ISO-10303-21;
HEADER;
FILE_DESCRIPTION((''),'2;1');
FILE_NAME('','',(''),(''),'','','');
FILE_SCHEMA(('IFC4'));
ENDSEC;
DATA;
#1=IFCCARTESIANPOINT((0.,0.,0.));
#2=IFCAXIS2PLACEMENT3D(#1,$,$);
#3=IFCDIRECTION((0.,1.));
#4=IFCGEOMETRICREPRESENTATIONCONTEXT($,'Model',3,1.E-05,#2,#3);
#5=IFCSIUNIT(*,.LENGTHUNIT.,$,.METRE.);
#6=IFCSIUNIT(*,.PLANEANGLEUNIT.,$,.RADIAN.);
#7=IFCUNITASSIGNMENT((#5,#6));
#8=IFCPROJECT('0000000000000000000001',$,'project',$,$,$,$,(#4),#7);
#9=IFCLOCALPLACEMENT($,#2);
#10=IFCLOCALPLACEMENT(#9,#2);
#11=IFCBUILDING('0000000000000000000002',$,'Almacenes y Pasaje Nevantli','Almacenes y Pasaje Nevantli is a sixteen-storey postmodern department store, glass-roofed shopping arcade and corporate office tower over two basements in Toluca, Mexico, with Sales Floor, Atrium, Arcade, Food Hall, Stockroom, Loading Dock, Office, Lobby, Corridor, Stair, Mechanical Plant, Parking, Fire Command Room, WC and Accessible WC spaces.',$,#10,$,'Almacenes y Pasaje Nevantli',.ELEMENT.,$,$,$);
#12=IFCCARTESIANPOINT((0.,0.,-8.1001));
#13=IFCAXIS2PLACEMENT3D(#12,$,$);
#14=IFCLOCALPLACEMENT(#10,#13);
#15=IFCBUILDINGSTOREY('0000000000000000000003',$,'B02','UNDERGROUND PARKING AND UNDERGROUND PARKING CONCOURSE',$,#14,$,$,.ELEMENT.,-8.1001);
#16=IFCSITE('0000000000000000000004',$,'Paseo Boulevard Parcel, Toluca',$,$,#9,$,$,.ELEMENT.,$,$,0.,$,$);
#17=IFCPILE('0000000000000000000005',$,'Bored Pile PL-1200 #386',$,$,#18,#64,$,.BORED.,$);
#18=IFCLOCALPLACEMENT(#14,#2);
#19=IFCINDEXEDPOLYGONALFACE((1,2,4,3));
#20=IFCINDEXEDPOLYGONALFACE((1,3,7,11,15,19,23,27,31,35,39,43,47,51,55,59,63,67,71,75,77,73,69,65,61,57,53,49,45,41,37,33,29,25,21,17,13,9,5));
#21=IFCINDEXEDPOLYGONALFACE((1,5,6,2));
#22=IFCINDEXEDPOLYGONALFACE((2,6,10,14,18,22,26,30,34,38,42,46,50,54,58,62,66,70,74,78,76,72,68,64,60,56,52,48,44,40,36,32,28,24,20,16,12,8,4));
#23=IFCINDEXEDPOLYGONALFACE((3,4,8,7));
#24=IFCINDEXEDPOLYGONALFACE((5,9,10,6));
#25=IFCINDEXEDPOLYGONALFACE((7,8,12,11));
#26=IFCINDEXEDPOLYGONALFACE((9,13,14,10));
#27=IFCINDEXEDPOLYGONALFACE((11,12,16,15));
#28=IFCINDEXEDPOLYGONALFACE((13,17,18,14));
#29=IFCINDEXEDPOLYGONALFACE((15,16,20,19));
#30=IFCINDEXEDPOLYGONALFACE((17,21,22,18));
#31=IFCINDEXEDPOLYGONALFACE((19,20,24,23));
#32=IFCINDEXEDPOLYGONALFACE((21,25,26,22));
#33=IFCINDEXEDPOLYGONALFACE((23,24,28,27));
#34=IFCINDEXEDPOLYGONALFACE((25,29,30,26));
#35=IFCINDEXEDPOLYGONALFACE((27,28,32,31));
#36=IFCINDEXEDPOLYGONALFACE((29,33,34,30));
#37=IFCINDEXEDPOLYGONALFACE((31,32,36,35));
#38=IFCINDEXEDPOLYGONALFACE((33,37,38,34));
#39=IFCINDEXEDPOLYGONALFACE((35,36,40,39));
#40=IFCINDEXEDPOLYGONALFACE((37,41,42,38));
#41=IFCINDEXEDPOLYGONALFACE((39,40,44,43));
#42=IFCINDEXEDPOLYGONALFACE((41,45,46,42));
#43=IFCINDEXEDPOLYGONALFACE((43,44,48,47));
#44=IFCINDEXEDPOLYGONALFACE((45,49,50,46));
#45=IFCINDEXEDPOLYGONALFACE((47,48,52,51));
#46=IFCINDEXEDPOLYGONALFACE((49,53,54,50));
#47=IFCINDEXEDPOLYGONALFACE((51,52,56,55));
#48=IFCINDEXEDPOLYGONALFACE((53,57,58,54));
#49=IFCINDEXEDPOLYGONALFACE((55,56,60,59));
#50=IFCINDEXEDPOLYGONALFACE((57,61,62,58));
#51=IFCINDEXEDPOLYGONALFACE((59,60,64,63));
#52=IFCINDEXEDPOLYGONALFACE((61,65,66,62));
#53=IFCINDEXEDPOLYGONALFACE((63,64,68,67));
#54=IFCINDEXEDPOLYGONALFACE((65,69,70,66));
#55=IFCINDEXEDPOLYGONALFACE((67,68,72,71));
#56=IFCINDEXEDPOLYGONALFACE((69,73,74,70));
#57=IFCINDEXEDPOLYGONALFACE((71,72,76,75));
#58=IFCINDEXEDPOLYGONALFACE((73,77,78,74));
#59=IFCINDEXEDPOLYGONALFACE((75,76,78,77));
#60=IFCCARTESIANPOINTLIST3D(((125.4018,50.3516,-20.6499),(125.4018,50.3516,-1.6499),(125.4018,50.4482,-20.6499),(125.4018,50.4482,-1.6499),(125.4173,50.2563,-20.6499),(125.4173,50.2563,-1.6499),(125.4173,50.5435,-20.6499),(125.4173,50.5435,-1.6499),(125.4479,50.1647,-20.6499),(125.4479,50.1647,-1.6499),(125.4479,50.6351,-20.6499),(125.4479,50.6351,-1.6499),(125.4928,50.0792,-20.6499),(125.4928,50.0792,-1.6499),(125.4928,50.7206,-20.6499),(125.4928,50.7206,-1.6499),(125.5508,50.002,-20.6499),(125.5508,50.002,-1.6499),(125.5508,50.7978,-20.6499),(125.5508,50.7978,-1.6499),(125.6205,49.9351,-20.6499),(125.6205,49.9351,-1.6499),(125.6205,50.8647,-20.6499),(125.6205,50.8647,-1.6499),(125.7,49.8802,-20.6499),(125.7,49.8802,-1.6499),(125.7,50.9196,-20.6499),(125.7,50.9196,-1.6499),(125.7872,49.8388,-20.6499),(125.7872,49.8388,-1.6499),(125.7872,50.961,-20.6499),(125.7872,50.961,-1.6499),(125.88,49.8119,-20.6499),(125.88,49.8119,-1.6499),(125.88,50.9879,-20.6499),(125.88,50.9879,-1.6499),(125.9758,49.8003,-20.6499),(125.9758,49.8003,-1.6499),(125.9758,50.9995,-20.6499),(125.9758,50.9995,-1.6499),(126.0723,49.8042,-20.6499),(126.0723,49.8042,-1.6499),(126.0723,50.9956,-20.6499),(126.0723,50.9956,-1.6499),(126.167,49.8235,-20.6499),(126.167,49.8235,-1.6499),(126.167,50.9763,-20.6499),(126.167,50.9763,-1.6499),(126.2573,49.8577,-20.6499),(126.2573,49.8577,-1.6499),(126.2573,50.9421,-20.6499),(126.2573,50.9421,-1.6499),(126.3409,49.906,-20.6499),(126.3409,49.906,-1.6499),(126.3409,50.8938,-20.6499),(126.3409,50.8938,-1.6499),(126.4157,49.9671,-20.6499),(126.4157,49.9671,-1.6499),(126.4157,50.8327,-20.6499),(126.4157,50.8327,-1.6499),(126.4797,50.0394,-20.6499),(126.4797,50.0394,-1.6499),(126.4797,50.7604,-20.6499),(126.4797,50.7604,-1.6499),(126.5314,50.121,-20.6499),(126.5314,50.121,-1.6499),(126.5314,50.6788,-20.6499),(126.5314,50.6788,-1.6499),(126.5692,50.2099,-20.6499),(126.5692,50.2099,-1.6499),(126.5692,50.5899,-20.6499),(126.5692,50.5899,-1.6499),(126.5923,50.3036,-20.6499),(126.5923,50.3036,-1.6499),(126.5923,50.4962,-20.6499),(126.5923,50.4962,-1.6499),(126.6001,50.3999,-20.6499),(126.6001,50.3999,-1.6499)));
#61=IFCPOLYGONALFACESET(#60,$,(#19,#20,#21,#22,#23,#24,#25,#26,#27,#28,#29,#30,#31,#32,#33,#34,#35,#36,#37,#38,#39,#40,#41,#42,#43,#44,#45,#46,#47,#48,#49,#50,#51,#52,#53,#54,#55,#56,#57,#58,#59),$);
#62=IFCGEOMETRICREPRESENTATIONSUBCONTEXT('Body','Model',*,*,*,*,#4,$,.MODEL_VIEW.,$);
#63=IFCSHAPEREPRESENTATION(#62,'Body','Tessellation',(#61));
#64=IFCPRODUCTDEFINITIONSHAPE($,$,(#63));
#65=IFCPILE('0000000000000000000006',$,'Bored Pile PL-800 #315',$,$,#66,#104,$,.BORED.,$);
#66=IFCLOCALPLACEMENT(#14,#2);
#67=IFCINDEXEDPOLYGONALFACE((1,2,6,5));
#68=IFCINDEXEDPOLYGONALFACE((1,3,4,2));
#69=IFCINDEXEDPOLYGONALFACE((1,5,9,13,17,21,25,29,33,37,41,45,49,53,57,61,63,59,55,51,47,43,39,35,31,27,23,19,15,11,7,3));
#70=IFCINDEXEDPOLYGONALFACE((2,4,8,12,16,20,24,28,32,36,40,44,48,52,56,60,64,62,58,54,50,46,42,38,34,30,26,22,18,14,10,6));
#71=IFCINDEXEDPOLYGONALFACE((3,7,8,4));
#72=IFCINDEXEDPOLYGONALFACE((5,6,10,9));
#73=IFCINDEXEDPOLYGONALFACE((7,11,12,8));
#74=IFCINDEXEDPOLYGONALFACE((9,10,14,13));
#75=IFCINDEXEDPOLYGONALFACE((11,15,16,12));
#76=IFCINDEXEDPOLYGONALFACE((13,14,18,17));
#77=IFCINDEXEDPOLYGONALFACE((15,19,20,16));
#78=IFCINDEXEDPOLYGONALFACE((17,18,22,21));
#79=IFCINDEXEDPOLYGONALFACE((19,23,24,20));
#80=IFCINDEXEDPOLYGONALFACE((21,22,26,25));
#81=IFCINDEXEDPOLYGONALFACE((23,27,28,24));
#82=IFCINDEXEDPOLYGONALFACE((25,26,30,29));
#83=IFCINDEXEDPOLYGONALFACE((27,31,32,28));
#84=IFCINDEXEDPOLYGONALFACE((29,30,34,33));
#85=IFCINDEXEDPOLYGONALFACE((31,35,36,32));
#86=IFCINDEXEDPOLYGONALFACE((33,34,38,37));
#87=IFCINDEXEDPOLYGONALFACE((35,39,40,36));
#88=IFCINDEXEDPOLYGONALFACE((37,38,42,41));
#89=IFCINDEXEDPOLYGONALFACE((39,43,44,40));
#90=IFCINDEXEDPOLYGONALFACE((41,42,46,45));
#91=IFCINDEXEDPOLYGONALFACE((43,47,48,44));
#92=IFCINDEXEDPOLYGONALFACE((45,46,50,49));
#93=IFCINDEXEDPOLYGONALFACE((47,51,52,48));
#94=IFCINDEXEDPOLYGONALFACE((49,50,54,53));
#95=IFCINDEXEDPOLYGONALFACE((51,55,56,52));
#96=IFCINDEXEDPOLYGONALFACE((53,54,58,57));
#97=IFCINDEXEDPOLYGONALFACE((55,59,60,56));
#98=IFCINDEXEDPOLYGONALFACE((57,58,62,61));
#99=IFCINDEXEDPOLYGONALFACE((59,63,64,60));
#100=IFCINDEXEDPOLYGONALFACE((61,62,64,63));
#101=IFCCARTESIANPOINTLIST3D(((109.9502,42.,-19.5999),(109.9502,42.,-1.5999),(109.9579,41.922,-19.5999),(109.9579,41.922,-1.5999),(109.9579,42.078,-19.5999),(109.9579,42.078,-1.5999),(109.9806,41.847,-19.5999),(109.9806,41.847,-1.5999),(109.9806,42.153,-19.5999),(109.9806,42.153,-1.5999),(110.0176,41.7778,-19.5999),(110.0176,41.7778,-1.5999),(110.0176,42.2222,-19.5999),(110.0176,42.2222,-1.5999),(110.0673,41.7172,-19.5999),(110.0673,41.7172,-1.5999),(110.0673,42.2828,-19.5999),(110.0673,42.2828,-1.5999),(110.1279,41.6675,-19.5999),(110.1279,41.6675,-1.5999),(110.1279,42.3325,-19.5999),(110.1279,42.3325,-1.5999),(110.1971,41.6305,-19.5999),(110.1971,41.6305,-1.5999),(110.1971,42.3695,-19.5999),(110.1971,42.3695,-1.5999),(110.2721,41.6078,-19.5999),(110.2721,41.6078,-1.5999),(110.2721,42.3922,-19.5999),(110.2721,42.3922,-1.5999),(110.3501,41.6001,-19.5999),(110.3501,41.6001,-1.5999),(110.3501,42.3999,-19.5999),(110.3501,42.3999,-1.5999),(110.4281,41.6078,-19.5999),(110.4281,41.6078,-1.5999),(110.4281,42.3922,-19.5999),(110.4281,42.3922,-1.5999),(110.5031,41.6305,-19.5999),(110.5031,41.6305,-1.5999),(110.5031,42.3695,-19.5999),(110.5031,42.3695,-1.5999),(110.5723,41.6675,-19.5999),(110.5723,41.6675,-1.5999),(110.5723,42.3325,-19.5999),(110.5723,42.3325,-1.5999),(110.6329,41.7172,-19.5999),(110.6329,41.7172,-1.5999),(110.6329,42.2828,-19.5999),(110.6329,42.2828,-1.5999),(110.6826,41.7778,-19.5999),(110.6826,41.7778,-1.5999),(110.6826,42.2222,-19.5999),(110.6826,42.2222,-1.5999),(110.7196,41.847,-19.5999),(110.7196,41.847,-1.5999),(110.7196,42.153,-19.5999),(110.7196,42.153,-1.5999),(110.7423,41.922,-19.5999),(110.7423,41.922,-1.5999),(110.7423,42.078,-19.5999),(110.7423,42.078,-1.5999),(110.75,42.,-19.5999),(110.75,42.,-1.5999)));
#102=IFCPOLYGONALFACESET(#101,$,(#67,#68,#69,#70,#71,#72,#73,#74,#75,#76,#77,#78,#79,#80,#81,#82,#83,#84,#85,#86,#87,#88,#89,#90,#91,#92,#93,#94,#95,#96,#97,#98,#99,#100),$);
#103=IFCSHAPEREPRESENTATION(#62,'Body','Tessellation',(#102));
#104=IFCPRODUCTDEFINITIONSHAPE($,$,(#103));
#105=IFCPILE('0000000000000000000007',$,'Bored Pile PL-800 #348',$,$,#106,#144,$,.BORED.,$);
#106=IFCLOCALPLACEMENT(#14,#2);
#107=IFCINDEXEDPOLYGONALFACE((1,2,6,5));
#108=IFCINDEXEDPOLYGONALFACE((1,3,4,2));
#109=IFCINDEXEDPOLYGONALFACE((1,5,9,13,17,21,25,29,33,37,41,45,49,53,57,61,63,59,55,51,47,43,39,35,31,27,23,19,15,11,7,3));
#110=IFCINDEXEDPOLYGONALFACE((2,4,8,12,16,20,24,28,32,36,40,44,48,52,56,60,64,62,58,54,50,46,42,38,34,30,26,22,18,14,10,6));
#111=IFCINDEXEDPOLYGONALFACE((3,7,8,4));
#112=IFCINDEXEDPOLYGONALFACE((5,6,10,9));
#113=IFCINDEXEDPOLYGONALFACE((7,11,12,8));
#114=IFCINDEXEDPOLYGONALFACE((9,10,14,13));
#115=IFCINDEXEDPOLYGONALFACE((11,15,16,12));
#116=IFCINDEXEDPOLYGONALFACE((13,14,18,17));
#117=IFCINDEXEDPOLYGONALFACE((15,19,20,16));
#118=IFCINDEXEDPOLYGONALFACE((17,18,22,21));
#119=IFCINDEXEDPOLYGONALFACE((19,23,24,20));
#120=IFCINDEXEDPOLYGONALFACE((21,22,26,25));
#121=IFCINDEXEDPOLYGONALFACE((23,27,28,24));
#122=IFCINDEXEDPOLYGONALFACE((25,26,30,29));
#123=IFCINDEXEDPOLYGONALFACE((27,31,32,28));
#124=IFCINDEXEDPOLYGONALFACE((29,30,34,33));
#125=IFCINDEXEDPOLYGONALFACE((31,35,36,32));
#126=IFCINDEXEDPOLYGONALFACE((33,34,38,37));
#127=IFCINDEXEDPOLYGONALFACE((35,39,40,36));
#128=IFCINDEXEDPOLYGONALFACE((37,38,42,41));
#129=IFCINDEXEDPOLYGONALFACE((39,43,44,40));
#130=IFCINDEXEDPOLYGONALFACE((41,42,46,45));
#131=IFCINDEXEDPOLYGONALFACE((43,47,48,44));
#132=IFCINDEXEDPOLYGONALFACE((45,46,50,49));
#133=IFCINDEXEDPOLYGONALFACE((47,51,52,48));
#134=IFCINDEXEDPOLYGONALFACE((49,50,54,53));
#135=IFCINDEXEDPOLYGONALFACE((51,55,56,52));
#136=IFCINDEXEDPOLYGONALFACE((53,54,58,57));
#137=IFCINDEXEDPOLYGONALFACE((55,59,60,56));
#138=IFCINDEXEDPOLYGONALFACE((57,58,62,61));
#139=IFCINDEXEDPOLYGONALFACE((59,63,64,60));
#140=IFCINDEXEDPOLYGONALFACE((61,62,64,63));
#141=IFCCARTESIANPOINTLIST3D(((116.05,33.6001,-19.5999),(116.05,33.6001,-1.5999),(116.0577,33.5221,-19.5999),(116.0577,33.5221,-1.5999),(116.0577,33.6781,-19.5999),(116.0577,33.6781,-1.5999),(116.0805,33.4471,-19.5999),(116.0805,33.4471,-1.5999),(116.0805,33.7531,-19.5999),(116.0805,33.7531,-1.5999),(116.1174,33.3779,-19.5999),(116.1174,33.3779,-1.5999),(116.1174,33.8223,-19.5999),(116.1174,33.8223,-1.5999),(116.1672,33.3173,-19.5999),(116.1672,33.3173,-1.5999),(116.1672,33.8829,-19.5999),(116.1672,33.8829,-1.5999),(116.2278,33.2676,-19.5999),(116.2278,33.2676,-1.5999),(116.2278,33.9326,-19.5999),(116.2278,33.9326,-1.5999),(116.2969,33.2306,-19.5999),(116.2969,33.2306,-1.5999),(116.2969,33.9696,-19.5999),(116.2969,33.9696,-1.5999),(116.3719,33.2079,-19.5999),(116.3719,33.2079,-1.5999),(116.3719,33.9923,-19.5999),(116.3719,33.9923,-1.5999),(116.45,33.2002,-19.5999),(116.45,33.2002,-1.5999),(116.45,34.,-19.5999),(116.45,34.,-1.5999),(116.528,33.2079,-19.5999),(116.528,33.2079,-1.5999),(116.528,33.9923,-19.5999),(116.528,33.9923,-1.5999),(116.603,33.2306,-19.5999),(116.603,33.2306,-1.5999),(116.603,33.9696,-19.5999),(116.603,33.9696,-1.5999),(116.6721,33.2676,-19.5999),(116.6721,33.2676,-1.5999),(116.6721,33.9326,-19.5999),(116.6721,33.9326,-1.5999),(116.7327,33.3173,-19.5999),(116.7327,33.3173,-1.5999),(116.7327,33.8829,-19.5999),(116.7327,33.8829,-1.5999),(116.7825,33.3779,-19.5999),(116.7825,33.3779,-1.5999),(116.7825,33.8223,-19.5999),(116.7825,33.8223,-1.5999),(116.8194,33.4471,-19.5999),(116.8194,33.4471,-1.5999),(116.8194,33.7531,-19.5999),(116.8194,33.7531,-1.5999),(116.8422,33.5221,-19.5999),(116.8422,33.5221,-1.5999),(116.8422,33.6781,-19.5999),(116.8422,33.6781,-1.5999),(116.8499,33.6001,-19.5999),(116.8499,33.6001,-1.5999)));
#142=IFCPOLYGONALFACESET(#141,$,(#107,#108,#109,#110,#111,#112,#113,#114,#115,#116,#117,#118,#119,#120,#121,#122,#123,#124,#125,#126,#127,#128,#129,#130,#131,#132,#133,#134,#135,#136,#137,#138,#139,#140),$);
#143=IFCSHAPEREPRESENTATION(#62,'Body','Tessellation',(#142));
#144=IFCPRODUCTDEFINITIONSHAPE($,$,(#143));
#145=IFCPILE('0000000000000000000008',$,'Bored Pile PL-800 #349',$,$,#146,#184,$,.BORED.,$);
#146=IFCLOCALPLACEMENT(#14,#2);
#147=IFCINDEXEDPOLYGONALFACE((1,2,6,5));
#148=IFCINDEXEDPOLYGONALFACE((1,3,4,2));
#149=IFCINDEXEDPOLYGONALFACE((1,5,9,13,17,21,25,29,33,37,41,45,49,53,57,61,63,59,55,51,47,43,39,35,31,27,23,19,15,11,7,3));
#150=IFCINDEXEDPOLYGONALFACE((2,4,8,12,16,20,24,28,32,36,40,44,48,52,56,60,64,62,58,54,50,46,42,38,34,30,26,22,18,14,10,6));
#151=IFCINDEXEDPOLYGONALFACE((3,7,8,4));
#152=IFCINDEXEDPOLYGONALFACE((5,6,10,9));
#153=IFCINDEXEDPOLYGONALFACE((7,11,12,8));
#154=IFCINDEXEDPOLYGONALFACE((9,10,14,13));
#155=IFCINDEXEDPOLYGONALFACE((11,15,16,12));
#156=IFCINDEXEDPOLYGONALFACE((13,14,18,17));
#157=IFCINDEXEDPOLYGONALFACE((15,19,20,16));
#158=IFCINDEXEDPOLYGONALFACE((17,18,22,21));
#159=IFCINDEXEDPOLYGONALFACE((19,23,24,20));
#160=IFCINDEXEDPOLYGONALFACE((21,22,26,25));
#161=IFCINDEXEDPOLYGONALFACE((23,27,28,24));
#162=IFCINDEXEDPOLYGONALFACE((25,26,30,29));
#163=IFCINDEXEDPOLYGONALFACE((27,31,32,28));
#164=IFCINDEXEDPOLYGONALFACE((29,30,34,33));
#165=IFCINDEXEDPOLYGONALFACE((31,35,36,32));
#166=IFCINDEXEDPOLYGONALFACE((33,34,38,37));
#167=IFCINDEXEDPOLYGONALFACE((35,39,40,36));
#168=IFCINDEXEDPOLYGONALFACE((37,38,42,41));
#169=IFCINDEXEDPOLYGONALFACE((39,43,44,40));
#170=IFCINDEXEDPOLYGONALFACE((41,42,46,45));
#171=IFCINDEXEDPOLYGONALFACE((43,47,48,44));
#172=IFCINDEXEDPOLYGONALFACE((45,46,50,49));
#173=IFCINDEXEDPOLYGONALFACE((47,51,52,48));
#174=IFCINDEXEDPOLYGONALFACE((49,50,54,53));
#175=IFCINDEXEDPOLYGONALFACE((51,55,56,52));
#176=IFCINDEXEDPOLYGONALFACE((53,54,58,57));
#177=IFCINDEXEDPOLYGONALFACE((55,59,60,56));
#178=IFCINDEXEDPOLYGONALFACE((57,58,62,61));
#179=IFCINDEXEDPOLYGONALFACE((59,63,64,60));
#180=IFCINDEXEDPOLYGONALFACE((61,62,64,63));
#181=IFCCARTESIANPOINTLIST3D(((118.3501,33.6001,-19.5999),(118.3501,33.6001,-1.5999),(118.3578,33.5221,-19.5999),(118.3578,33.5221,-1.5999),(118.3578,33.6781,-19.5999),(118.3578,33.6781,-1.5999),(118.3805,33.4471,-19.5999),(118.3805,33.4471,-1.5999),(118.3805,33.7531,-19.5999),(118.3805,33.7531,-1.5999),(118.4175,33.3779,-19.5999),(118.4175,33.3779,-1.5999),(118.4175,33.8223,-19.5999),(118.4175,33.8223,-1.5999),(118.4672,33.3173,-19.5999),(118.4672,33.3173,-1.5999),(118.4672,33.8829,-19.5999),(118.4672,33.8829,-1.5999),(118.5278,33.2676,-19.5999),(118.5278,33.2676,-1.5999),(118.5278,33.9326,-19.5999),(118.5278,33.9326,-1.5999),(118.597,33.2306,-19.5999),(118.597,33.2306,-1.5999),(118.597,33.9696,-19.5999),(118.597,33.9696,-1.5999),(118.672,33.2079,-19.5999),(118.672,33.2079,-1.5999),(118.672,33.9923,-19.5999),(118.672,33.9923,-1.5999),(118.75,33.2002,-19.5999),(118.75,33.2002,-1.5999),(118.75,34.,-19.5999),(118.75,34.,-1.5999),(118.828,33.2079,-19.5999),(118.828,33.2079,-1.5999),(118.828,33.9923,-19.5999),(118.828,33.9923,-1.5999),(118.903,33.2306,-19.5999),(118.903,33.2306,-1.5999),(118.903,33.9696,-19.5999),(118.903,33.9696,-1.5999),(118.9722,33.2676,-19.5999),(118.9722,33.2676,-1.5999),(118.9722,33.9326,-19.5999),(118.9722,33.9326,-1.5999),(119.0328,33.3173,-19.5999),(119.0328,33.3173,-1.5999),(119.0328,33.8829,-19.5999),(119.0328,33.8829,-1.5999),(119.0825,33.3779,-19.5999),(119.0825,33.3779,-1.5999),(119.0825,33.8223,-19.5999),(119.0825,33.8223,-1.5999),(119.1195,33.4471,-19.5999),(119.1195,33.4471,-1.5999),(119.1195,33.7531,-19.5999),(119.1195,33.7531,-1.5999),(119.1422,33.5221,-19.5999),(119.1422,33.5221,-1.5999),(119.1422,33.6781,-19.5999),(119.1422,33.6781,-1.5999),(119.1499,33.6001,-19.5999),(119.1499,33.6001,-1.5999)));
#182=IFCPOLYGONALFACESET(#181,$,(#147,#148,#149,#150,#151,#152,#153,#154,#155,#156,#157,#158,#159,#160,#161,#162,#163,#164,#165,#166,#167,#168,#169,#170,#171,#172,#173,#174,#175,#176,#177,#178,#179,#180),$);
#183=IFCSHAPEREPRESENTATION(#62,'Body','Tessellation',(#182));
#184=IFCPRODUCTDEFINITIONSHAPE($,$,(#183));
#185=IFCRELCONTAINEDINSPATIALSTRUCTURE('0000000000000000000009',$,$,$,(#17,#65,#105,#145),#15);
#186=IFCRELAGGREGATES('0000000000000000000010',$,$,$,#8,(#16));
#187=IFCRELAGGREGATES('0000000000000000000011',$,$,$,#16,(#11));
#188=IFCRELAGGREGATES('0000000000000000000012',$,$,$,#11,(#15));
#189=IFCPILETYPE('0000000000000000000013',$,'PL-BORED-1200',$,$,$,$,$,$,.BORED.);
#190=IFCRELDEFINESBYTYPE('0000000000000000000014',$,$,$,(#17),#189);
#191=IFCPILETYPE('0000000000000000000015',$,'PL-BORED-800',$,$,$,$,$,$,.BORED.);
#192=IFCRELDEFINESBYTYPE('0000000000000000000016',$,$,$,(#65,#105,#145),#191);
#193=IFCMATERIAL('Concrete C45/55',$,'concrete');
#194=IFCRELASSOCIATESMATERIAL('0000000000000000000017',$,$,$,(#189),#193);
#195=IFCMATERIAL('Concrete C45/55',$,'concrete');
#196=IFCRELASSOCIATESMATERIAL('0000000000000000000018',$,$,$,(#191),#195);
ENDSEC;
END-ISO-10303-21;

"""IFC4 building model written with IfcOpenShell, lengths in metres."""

from ifc_helpers import new_model, si_unit, direction, frame, origin, origin_2d, place, context, subcontext, project, spatial, circle, extrude, material, material_profile, profile_set, type_object, element, save


model = new_model("IFC4")

# Units and contexts
model_context = context("Model", 3, precision=1e-05, world=origin(), true_north=direction((0.0, 1.0)))
body_context = subcontext(model_context, "Body", "Model", "MODEL_VIEW")
ifc_project = project(units=[si_unit("LENGTHUNIT", "METRE"), si_unit("PLANEANGLEUNIT", "RADIAN")], contexts=[model_context])

# Site, building, storey
site_placement = place(None, origin())
site = spatial("IfcSite", under=ifc_project, at=site_placement, Name="Paseo Boulevard Parcel, Toluca", CompositionType="ELEMENT", RefElevation=0.0)
building_placement = place(site_placement, origin())
building = spatial("IfcBuilding", under=site, at=building_placement, Name="Almacenes y Pasaje Nevantli", Description="Almacenes y Pasaje Nevantli is a sixteen-storey postmodern department store, glass-roofed shopping arcade and corporate office tower over two basements in Toluca, Mexico, with Sales Floor, Atrium, Arcade, Food Hall, Stockroom, Loading Dock, Office, Lobby, Corridor, Stair, Mechanical Plant, Parking, Fire Command Room, WC and Accessible WC spaces.", LongName="Almacenes y Pasaje Nevantli", CompositionType="ELEMENT")
storey_placement = place(building_placement, frame((0.0, 0.0, -8.1001)))
storey = spatial("IfcBuildingStorey", under=building, at=storey_placement, Name="B02", Description="UNDERGROUND PARKING AND UNDERGROUND PARKING CONCOURSE", CompositionType="ELEMENT", Elevation=-8.1001)

# Piles
ifc_material_1 = material(Name="Concrete C45/55", Category="concrete")
ifc_material_profile_1 = material_profile(ifc_material_1, circle(Radius=0.6001, at=origin_2d()), Name="RC-PILE-D1200")
ifc_profile_set_1 = profile_set([ifc_material_profile_1], Name="Concrete C45/55")
pile_type_1 = type_object("IfcPileType", Name="PL-BORED-1200", PredefinedType="BORED", material=ifc_profile_set_1)
for number, where, z_axis, x_axis, name in (
    (1, (126.0, 50.3999, -1.6499), (0.0, 0.0, -1.0), (1.0, 0.0, 0.0), "Bored Pile PL-1200 #386"),
):
    element("IfcPile", number, at=place(storey_placement, frame(where, z_axis=z_axis, x_axis=x_axis)), inside=storey, type_object=pile_type_1, Name=name, PredefinedType="BORED", context=body_context, shape_type="SweptSolid", body=[
        extrude(circle(Radius=0.6001, at=origin_2d()), origin(), (0.0, 0.0, 1.0), 19.0),
    ])
ifc_material_2 = material(Name="Concrete C45/55", Category="concrete")
ifc_material_profile_2 = material_profile(ifc_material_2, circle(Radius=0.3999, at=origin_2d()), Name="RC-PILE-D800")
ifc_profile_set_2 = profile_set([ifc_material_profile_2], Name="Concrete C45/55")
pile_type_2 = type_object("IfcPileType", Name="PL-BORED-800", PredefinedType="BORED", material=ifc_profile_set_2)
for number, where, z_axis, x_axis, name in (
    (2, (110.3501, 42.0, -1.5999), (0.0, 0.0, -1.0), (1.0, 0.0, 0.0), "Bored Pile PL-800 #315"),
    (3, (116.45, 33.6001, -1.5999), (0.0, 0.0, -1.0), (1.0, 0.0, 0.0), "Bored Pile PL-800 #348"),
    (4, (118.75, 33.6001, -1.5999), (0.0, 0.0, -1.0), (1.0, 0.0, 0.0), "Bored Pile PL-800 #349"),
):
    element("IfcPile", number, at=place(storey_placement, frame(where, z_axis=z_axis, x_axis=x_axis)), inside=storey, type_object=pile_type_2, Name=name, PredefinedType="BORED", context=body_context, shape_type="SweptSolid", body=[
        extrude(circle(Radius=0.3999, at=origin_2d()), origin(), (0.0, 0.0, 1.0), 18.0),
    ])

save(model, "model.ifc")
